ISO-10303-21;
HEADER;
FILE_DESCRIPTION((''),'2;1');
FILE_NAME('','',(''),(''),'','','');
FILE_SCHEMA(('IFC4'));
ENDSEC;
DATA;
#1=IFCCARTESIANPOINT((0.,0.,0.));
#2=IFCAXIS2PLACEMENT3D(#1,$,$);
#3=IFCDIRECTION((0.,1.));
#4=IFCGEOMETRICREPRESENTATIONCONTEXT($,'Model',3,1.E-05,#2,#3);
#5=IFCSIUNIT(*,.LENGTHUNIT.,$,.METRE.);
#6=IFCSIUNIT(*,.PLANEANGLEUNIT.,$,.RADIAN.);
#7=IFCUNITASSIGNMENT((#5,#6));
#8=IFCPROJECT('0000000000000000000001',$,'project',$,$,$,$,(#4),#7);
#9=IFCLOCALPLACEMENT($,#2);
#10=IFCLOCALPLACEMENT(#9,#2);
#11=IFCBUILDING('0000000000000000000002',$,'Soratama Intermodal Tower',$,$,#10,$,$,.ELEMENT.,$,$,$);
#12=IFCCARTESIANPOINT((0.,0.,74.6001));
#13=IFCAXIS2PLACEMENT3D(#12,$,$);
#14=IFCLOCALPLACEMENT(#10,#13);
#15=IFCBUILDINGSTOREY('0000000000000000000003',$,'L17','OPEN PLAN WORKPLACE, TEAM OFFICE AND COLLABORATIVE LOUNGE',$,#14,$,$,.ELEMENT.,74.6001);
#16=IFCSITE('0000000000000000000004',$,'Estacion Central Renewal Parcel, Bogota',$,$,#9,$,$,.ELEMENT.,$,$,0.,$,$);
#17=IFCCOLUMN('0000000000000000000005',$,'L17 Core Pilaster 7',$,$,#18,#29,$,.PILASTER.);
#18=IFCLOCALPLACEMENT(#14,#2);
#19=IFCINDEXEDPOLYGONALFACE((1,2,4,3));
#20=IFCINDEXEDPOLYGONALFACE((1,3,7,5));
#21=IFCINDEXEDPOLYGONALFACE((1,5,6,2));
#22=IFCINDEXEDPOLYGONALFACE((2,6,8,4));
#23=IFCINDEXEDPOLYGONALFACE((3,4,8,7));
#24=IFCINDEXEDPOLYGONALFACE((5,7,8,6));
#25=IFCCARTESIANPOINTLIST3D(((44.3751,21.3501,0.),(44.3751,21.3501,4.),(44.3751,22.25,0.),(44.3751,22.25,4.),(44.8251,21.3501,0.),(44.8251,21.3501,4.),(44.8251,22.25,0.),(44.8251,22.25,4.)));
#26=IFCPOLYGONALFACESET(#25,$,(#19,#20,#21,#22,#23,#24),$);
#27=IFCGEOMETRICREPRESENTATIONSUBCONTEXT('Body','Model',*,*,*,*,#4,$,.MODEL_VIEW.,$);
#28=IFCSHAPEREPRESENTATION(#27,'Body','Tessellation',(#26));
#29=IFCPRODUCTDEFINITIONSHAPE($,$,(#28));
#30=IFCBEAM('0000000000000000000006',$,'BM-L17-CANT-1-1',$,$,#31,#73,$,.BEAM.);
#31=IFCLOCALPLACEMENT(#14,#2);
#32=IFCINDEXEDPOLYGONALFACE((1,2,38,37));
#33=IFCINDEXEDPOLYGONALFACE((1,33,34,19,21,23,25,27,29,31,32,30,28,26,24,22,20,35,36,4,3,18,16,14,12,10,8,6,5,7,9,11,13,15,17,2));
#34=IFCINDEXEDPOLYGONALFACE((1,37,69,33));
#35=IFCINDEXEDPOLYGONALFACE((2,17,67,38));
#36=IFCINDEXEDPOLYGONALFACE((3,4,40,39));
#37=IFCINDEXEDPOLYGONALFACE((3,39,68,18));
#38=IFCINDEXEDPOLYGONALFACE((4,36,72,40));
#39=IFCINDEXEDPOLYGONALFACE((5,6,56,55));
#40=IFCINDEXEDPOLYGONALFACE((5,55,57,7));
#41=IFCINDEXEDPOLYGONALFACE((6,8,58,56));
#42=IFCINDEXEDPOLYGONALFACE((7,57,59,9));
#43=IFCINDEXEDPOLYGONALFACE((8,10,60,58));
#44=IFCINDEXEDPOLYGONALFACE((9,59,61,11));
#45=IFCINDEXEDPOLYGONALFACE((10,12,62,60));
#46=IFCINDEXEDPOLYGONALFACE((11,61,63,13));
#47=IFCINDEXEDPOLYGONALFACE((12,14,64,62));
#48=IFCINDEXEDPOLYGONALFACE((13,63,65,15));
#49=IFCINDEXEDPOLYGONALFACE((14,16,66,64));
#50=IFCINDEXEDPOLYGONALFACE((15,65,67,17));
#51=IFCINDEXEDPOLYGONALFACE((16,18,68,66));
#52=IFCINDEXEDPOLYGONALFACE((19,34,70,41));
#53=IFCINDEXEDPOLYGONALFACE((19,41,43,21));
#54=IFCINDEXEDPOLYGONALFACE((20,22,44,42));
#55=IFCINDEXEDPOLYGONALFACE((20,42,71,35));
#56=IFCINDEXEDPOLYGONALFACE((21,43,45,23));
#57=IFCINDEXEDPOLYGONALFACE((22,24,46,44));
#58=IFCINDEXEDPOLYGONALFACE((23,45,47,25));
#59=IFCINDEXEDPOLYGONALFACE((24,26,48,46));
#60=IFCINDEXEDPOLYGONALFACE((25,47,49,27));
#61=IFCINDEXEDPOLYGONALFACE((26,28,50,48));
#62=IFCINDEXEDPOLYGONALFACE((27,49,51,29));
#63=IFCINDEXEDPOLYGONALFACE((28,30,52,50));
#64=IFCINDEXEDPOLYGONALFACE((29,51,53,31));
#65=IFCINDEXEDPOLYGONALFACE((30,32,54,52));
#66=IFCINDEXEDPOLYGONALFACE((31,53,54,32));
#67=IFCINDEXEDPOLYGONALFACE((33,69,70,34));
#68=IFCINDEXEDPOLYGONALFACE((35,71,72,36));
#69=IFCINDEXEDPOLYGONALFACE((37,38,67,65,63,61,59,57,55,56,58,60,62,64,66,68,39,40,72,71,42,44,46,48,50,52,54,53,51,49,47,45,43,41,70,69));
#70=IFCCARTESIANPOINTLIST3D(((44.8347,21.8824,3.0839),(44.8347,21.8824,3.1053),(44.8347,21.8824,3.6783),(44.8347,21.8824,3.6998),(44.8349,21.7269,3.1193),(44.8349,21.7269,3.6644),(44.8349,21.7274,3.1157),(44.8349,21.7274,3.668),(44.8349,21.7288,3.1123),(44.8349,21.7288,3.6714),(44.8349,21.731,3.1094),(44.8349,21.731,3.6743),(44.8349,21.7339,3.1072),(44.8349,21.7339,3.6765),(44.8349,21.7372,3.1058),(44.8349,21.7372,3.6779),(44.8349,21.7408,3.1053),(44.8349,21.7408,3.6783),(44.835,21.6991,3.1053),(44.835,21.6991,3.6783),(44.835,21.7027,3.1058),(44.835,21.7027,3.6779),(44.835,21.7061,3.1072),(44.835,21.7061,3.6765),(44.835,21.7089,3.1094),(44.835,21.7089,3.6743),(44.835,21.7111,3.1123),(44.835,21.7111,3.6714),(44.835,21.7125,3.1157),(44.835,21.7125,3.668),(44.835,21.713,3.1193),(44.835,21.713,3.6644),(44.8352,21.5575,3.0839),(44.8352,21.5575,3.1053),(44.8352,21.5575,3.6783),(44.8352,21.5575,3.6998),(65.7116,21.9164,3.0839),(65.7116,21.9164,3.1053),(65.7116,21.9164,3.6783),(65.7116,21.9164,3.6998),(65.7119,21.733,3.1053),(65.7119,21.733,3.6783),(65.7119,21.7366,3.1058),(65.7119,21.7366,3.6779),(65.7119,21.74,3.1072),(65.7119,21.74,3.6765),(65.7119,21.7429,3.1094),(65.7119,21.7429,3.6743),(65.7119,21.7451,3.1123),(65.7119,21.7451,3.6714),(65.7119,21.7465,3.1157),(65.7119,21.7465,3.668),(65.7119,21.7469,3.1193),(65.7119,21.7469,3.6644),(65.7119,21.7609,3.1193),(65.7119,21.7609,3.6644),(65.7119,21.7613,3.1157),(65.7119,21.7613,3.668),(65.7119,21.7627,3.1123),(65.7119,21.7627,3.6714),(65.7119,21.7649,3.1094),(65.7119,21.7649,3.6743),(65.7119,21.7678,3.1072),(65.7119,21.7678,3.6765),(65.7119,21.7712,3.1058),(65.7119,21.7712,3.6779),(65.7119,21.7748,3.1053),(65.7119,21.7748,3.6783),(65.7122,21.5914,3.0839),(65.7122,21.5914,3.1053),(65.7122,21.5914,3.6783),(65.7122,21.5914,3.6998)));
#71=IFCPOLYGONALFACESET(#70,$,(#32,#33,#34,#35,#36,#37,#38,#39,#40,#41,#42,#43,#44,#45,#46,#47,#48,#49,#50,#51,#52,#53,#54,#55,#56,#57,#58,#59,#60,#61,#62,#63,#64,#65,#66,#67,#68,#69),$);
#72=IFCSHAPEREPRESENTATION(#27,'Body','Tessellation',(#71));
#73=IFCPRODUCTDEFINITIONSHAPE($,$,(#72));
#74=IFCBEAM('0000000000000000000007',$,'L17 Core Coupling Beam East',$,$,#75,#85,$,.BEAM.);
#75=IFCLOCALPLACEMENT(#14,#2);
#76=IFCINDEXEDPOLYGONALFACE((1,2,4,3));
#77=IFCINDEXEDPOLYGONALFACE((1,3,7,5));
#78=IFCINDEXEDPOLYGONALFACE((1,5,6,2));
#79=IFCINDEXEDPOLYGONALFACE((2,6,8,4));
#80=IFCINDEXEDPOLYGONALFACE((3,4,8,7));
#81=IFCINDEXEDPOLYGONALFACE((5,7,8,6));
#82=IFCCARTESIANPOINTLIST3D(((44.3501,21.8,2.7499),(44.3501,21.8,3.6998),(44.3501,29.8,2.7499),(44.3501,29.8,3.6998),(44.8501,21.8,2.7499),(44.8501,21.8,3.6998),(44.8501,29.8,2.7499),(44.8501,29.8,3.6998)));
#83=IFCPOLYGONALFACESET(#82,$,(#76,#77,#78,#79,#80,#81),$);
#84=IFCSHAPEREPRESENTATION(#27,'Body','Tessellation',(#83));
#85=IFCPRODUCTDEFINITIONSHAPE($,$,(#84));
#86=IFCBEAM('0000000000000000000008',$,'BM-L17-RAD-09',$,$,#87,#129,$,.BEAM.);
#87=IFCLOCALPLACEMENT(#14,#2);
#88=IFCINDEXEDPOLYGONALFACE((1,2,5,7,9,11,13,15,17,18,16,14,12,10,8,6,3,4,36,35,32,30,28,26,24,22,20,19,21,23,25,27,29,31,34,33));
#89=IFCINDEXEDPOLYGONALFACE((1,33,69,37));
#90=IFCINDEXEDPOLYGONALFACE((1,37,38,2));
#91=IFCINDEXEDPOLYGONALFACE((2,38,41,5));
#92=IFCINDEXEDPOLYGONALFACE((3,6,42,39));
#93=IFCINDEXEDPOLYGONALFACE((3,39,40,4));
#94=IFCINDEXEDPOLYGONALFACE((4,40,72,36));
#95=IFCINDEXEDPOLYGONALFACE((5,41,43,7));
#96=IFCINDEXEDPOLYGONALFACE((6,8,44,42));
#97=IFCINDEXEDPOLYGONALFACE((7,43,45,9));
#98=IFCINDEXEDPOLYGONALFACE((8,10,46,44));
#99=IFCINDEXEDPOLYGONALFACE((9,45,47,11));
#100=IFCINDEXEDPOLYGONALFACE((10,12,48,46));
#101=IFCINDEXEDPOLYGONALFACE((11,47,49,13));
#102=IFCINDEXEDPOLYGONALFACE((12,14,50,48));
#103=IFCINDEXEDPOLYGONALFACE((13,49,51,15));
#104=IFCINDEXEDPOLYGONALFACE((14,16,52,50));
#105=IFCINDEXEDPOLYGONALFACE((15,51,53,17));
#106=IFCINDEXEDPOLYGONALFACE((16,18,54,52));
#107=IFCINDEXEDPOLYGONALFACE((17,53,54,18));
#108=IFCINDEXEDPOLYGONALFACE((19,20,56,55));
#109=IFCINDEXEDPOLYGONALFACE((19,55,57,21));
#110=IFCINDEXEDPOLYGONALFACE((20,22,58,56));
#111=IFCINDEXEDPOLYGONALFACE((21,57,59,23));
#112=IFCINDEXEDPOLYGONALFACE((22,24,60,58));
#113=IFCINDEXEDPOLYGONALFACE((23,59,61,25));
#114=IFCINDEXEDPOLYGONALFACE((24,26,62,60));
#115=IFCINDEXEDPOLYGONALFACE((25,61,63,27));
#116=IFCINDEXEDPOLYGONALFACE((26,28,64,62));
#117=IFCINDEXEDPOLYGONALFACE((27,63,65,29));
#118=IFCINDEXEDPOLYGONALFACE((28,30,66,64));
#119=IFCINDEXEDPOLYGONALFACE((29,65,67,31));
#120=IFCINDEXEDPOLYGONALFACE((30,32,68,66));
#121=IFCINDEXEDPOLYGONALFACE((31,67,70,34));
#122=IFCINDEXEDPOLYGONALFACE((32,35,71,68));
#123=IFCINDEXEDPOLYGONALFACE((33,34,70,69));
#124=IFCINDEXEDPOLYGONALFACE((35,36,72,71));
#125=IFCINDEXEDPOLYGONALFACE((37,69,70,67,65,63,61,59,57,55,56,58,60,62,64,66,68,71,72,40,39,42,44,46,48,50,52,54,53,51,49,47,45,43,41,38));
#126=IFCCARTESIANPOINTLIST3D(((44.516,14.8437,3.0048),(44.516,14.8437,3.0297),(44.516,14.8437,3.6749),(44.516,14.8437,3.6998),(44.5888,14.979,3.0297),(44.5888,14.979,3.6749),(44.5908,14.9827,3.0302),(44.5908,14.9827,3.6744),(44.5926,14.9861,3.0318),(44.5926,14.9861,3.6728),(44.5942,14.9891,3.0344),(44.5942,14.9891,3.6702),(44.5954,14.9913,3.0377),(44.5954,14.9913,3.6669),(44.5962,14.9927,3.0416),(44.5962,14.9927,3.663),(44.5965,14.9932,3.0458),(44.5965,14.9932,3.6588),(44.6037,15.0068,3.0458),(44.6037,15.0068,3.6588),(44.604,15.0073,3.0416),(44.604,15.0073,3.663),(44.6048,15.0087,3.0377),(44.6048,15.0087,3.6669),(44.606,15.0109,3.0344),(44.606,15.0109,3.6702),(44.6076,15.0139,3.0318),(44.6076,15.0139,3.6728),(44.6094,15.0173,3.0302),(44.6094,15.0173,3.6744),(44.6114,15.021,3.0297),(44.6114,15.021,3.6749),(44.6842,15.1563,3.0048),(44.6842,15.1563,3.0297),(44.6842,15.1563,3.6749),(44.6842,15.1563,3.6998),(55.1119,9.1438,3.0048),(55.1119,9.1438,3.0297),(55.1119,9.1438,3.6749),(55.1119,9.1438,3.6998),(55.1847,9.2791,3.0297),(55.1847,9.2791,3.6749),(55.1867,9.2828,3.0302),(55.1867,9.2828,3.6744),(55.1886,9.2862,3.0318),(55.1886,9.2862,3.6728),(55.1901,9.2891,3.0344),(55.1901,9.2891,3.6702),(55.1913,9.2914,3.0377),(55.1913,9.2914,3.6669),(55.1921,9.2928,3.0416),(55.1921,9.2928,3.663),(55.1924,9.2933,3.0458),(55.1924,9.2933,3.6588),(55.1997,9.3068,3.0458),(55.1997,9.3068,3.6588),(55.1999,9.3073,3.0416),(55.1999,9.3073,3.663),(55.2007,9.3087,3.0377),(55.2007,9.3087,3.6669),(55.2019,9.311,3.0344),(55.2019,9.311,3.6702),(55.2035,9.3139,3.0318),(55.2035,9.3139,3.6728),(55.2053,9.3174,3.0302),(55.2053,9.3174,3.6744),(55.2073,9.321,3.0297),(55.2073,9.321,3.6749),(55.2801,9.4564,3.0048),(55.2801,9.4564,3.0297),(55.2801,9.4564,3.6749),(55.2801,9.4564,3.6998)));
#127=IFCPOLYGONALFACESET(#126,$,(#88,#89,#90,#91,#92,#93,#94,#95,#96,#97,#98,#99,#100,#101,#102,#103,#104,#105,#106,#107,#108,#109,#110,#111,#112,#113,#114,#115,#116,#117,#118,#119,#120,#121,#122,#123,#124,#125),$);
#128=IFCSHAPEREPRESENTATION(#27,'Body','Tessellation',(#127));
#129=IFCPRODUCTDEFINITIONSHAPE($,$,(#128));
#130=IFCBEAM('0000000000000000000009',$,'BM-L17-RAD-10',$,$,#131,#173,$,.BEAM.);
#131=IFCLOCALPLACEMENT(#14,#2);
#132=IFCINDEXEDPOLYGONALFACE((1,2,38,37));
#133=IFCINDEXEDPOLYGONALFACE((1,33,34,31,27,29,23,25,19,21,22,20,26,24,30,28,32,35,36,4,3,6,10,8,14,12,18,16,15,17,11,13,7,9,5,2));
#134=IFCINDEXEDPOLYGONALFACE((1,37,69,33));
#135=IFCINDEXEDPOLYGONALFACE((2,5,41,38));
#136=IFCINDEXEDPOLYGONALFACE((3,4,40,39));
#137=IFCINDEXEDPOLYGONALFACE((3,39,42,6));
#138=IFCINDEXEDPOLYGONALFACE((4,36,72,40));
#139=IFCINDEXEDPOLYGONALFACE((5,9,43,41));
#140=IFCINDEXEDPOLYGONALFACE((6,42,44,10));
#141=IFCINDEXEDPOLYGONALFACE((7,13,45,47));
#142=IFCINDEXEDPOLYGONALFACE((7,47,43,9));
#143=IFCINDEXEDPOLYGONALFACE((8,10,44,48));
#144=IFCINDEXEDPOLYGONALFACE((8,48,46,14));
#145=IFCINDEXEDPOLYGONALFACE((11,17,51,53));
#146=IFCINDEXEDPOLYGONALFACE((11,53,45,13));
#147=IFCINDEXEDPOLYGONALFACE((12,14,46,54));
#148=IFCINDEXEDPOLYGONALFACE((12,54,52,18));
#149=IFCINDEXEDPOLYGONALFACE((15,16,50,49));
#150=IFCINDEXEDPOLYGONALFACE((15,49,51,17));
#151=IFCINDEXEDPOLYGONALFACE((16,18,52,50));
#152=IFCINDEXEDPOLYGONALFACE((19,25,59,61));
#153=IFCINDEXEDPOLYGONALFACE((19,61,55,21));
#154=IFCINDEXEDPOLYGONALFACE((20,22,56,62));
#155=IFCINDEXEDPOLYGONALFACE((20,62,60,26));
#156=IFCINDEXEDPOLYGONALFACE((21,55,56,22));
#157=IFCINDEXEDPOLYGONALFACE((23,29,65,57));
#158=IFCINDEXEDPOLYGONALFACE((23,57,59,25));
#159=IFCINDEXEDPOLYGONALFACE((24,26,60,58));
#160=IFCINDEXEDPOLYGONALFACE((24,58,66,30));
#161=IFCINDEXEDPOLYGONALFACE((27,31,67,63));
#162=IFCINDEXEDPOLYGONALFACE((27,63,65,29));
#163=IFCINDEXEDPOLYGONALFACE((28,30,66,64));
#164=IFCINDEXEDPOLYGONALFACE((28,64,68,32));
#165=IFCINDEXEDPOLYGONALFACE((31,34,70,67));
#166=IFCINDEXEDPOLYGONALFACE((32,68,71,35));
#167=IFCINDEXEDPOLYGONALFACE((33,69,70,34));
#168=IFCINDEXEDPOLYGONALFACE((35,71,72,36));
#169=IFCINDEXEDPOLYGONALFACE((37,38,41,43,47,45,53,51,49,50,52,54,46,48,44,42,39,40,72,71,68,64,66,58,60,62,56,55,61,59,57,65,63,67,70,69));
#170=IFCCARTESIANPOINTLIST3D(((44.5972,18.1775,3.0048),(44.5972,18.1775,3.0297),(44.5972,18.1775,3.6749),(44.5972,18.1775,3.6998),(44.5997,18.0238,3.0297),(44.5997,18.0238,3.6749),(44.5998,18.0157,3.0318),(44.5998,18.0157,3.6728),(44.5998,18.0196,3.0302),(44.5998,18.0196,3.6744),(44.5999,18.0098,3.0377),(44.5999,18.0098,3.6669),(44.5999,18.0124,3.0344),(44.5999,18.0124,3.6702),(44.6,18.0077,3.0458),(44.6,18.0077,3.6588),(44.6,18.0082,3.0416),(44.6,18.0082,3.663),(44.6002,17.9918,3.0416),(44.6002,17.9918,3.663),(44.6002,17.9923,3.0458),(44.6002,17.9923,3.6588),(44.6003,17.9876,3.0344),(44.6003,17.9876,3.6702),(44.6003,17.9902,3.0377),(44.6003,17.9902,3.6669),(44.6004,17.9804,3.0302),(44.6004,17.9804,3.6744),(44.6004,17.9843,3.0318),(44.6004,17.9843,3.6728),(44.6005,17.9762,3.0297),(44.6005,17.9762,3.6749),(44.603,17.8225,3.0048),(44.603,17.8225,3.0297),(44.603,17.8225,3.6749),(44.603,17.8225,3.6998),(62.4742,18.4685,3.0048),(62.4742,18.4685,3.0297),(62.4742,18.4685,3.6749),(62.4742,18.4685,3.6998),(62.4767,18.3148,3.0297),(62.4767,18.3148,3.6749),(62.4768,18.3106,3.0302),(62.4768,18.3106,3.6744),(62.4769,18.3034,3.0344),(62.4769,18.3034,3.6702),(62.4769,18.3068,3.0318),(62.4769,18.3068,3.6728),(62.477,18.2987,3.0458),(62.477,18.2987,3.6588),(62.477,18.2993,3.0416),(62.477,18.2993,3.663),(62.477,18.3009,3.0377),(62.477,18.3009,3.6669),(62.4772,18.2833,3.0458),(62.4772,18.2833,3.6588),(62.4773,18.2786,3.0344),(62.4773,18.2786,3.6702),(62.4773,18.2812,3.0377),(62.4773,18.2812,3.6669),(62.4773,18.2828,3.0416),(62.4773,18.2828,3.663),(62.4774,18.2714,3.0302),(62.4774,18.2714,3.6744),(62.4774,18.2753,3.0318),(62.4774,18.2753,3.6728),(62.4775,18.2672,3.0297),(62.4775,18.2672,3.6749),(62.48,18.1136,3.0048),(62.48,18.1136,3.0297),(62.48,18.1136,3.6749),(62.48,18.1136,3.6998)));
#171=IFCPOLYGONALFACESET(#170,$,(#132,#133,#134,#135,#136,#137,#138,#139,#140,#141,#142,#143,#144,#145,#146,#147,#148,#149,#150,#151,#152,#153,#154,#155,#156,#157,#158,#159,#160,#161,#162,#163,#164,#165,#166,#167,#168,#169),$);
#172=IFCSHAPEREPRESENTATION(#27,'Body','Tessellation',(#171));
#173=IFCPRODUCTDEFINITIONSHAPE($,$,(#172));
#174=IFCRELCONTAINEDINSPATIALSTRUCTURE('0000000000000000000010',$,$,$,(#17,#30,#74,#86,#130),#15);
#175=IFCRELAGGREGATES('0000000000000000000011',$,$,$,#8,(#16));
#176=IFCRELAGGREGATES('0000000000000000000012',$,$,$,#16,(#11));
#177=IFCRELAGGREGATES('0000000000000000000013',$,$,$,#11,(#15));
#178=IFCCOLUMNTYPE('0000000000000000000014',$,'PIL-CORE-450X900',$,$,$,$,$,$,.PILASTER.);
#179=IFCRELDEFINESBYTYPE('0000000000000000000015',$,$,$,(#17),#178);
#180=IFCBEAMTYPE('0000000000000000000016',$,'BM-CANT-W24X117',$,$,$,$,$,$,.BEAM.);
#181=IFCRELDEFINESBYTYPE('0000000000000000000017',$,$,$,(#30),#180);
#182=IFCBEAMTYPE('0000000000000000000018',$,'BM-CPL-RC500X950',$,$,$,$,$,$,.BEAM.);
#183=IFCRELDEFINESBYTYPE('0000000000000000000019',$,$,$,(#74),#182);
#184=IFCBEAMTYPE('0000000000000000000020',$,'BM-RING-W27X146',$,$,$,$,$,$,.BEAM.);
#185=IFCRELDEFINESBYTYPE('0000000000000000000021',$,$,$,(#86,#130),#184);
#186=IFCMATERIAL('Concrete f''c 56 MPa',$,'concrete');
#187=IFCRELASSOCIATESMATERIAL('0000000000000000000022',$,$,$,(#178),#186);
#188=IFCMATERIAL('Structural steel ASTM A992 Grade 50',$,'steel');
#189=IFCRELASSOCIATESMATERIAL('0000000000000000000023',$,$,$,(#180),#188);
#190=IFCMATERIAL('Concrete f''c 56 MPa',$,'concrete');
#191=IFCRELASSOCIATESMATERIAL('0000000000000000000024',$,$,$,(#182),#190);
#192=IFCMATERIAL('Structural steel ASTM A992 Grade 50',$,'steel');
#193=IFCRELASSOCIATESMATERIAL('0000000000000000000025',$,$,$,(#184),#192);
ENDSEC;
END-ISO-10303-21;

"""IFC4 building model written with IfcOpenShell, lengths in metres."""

from ifc_helpers import new_model, si_unit, direction, frame, origin, origin_2d, place, context, subcontext, project, spatial, rectangle, i_section, extrude, material, material_profile, profile_set, type_object, element, save


model = new_model("IFC4")

# Units and contexts
model_context = context("Model", 3, precision=1e-05, world=origin(), true_north=direction((0.0, 1.0)))
body_context = subcontext(model_context, "Body", "Model", "MODEL_VIEW")
ifc_project = project(units=[si_unit("LENGTHUNIT", "METRE"), si_unit("PLANEANGLEUNIT", "RADIAN")], contexts=[model_context])

# Site, building, storey
site_placement = place(None, origin())
site = spatial("IfcSite", under=ifc_project, at=site_placement, Name="Estacion Central Renewal Parcel, Bogota", CompositionType="ELEMENT", RefElevation=0.0)
building_placement = place(site_placement, origin())
building = spatial("IfcBuilding", under=site, at=building_placement, Name="Soratama Intermodal Tower", CompositionType="ELEMENT")
storey_placement = place(building_placement, frame((0.0, 0.0, 74.6001)))
storey = spatial("IfcBuildingStorey", under=building, at=storey_placement, Name="L17", Description="OPEN PLAN WORKPLACE, TEAM OFFICE AND COLLABORATIVE LOUNGE", CompositionType="ELEMENT", Elevation=74.6001)

# Column
ifc_material_1 = material(Name="Concrete f'c 56 MPa", Category="concrete")
ifc_material_profile_1 = material_profile(ifc_material_1, rectangle(XDim=0.45, YDim=0.8999, at=origin_2d()), Name="RC450X900")
ifc_profile_set_1 = profile_set([ifc_material_profile_1], Name="Concrete f'c 56 MPa")
column_type = type_object("IfcColumnType", Name="PIL-CORE-450X900", PredefinedType="PILASTER", material=ifc_profile_set_1)
column_placement = place(storey_placement, frame((44.6001, 21.8, 0.0), z_axis=(0.0, 0.0, 1.0), x_axis=(1.0, 0.0, 0.0)))
element("IfcColumn", 1, at=column_placement, inside=storey, type_object=column_type, Name="L17 Core Pilaster 7", PredefinedType="PILASTER", context=body_context, shape_type="SweptSolid", body=[
    extrude(rectangle(XDim=0.45, YDim=0.8999, at=origin_2d()), origin(), (0.0, 0.0, 1.0), 4.0),
])

# Beams
ifc_material_2 = material(Name="Structural steel ASTM A992 Grade 50", Category="steel")
ifc_material_profile_2 = material_profile(ifc_material_2, i_section(OverallWidth=0.325, OverallDepth=0.616, WebThickness=0.0139, FlangeThickness=0.0215, FilletRadius=0.0139, at=origin_2d()), Name="W24X117")
ifc_profile_set_2 = profile_set([ifc_material_profile_2], Name="Structural steel ASTM A992 Grade 50")
beam_type_1 = type_object("IfcBeamType", Name="BM-CANT-W24X117", PredefinedType="BEAM", material=ifc_profile_set_2)
beam_1_placement = place(storey_placement, frame((44.835, 21.72, 3.3918), z_axis=(0.999999, 0.001626, 0.0), x_axis=(-0.001626, 0.999999, 0.0)))
element("IfcBeam", 2, at=beam_1_placement, inside=storey, type_object=beam_type_1, Name="BM-L17-CANT-1-1", PredefinedType="BEAM", context=body_context, shape_type="SweptSolid", body=[
    extrude(i_section(OverallWidth=0.325, OverallDepth=0.616, WebThickness=0.0139, FlangeThickness=0.0215, FilletRadius=0.0139, at=origin_2d()), origin(), (0.0, 0.0, 1.0), 20.877),
])
ifc_material_3 = material(Name="Concrete f'c 56 MPa", Category="concrete")
ifc_material_profile_3 = material_profile(ifc_material_3, rectangle(XDim=0.5, YDim=0.95, at=origin_2d()), Name="RC500X950")
ifc_profile_set_3 = profile_set([ifc_material_profile_3], Name="Concrete f'c 56 MPa")
beam_type_2 = type_object("IfcBeamType", Name="BM-CPL-RC500X950", PredefinedType="BEAM", material=ifc_profile_set_3)
beam_2_placement = place(storey_placement, frame((44.6001, 21.8, 3.2249), z_axis=(0.0, 1.0, 0.0), x_axis=(-1.0, 0.0, 0.0)))
element("IfcBeam", 3, at=beam_2_placement, inside=storey, type_object=beam_type_2, Name="L17 Core Coupling Beam East", PredefinedType="BEAM", context=body_context, shape_type="SweptSolid", body=[
    extrude(rectangle(XDim=0.5, YDim=0.95, at=origin_2d()), origin(), (0.0, 0.0, 1.0), 8.0),
])
ifc_material_4 = material(Name="Structural steel ASTM A992 Grade 50", Category="steel")
ifc_material_profile_4 = material_profile(ifc_material_4, i_section(OverallWidth=0.355, OverallDepth=0.6951, WebThickness=0.0154, FlangeThickness=0.0249, FilletRadius=0.0161, at=origin_2d()), Name="W27X146")
ifc_profile_set_4 = profile_set([ifc_material_profile_4], Name="Structural steel ASTM A992 Grade 50")
beam_type_3 = type_object("IfcBeamType", Name="BM-RING-W27X146", PredefinedType="BEAM", material=ifc_profile_set_4)
beam_3_placement = place(storey_placement, frame((44.6001, 15.0, 3.3523), z_axis=(0.880664, -0.473742, 0.0), x_axis=(0.473742, 0.880664, 0.0)))
element("IfcBeam", 4, at=beam_3_placement, inside=storey, type_object=beam_type_3, Name="BM-L17-RAD-09", PredefinedType="BEAM", context=body_context, shape_type="SweptSolid", body=[
    extrude(i_section(OverallWidth=0.355, OverallDepth=0.6951, WebThickness=0.0154, FlangeThickness=0.0249, FilletRadius=0.0161, at=origin_2d()), origin(), (0.0, 0.0, 1.0), 12.0317),
])
beam_4_placement = place(storey_placement, frame((44.6001, 18.0, 3.3523), z_axis=(0.999868, 0.016277, 0.0), x_axis=(-0.016277, 0.999868, 0.0)))
element("IfcBeam", 5, at=beam_4_placement, inside=storey, type_object=beam_type_3, Name="BM-L17-RAD-10", PredefinedType="BEAM", context=body_context, shape_type="SweptSolid", body=[
    extrude(i_section(OverallWidth=0.355, OverallDepth=0.6951, WebThickness=0.0154, FlangeThickness=0.0249, FilletRadius=0.0161, at=origin_2d()), origin(), (0.0, 0.0, 1.0), 17.8794),
])

save(model, "model.ifc")
